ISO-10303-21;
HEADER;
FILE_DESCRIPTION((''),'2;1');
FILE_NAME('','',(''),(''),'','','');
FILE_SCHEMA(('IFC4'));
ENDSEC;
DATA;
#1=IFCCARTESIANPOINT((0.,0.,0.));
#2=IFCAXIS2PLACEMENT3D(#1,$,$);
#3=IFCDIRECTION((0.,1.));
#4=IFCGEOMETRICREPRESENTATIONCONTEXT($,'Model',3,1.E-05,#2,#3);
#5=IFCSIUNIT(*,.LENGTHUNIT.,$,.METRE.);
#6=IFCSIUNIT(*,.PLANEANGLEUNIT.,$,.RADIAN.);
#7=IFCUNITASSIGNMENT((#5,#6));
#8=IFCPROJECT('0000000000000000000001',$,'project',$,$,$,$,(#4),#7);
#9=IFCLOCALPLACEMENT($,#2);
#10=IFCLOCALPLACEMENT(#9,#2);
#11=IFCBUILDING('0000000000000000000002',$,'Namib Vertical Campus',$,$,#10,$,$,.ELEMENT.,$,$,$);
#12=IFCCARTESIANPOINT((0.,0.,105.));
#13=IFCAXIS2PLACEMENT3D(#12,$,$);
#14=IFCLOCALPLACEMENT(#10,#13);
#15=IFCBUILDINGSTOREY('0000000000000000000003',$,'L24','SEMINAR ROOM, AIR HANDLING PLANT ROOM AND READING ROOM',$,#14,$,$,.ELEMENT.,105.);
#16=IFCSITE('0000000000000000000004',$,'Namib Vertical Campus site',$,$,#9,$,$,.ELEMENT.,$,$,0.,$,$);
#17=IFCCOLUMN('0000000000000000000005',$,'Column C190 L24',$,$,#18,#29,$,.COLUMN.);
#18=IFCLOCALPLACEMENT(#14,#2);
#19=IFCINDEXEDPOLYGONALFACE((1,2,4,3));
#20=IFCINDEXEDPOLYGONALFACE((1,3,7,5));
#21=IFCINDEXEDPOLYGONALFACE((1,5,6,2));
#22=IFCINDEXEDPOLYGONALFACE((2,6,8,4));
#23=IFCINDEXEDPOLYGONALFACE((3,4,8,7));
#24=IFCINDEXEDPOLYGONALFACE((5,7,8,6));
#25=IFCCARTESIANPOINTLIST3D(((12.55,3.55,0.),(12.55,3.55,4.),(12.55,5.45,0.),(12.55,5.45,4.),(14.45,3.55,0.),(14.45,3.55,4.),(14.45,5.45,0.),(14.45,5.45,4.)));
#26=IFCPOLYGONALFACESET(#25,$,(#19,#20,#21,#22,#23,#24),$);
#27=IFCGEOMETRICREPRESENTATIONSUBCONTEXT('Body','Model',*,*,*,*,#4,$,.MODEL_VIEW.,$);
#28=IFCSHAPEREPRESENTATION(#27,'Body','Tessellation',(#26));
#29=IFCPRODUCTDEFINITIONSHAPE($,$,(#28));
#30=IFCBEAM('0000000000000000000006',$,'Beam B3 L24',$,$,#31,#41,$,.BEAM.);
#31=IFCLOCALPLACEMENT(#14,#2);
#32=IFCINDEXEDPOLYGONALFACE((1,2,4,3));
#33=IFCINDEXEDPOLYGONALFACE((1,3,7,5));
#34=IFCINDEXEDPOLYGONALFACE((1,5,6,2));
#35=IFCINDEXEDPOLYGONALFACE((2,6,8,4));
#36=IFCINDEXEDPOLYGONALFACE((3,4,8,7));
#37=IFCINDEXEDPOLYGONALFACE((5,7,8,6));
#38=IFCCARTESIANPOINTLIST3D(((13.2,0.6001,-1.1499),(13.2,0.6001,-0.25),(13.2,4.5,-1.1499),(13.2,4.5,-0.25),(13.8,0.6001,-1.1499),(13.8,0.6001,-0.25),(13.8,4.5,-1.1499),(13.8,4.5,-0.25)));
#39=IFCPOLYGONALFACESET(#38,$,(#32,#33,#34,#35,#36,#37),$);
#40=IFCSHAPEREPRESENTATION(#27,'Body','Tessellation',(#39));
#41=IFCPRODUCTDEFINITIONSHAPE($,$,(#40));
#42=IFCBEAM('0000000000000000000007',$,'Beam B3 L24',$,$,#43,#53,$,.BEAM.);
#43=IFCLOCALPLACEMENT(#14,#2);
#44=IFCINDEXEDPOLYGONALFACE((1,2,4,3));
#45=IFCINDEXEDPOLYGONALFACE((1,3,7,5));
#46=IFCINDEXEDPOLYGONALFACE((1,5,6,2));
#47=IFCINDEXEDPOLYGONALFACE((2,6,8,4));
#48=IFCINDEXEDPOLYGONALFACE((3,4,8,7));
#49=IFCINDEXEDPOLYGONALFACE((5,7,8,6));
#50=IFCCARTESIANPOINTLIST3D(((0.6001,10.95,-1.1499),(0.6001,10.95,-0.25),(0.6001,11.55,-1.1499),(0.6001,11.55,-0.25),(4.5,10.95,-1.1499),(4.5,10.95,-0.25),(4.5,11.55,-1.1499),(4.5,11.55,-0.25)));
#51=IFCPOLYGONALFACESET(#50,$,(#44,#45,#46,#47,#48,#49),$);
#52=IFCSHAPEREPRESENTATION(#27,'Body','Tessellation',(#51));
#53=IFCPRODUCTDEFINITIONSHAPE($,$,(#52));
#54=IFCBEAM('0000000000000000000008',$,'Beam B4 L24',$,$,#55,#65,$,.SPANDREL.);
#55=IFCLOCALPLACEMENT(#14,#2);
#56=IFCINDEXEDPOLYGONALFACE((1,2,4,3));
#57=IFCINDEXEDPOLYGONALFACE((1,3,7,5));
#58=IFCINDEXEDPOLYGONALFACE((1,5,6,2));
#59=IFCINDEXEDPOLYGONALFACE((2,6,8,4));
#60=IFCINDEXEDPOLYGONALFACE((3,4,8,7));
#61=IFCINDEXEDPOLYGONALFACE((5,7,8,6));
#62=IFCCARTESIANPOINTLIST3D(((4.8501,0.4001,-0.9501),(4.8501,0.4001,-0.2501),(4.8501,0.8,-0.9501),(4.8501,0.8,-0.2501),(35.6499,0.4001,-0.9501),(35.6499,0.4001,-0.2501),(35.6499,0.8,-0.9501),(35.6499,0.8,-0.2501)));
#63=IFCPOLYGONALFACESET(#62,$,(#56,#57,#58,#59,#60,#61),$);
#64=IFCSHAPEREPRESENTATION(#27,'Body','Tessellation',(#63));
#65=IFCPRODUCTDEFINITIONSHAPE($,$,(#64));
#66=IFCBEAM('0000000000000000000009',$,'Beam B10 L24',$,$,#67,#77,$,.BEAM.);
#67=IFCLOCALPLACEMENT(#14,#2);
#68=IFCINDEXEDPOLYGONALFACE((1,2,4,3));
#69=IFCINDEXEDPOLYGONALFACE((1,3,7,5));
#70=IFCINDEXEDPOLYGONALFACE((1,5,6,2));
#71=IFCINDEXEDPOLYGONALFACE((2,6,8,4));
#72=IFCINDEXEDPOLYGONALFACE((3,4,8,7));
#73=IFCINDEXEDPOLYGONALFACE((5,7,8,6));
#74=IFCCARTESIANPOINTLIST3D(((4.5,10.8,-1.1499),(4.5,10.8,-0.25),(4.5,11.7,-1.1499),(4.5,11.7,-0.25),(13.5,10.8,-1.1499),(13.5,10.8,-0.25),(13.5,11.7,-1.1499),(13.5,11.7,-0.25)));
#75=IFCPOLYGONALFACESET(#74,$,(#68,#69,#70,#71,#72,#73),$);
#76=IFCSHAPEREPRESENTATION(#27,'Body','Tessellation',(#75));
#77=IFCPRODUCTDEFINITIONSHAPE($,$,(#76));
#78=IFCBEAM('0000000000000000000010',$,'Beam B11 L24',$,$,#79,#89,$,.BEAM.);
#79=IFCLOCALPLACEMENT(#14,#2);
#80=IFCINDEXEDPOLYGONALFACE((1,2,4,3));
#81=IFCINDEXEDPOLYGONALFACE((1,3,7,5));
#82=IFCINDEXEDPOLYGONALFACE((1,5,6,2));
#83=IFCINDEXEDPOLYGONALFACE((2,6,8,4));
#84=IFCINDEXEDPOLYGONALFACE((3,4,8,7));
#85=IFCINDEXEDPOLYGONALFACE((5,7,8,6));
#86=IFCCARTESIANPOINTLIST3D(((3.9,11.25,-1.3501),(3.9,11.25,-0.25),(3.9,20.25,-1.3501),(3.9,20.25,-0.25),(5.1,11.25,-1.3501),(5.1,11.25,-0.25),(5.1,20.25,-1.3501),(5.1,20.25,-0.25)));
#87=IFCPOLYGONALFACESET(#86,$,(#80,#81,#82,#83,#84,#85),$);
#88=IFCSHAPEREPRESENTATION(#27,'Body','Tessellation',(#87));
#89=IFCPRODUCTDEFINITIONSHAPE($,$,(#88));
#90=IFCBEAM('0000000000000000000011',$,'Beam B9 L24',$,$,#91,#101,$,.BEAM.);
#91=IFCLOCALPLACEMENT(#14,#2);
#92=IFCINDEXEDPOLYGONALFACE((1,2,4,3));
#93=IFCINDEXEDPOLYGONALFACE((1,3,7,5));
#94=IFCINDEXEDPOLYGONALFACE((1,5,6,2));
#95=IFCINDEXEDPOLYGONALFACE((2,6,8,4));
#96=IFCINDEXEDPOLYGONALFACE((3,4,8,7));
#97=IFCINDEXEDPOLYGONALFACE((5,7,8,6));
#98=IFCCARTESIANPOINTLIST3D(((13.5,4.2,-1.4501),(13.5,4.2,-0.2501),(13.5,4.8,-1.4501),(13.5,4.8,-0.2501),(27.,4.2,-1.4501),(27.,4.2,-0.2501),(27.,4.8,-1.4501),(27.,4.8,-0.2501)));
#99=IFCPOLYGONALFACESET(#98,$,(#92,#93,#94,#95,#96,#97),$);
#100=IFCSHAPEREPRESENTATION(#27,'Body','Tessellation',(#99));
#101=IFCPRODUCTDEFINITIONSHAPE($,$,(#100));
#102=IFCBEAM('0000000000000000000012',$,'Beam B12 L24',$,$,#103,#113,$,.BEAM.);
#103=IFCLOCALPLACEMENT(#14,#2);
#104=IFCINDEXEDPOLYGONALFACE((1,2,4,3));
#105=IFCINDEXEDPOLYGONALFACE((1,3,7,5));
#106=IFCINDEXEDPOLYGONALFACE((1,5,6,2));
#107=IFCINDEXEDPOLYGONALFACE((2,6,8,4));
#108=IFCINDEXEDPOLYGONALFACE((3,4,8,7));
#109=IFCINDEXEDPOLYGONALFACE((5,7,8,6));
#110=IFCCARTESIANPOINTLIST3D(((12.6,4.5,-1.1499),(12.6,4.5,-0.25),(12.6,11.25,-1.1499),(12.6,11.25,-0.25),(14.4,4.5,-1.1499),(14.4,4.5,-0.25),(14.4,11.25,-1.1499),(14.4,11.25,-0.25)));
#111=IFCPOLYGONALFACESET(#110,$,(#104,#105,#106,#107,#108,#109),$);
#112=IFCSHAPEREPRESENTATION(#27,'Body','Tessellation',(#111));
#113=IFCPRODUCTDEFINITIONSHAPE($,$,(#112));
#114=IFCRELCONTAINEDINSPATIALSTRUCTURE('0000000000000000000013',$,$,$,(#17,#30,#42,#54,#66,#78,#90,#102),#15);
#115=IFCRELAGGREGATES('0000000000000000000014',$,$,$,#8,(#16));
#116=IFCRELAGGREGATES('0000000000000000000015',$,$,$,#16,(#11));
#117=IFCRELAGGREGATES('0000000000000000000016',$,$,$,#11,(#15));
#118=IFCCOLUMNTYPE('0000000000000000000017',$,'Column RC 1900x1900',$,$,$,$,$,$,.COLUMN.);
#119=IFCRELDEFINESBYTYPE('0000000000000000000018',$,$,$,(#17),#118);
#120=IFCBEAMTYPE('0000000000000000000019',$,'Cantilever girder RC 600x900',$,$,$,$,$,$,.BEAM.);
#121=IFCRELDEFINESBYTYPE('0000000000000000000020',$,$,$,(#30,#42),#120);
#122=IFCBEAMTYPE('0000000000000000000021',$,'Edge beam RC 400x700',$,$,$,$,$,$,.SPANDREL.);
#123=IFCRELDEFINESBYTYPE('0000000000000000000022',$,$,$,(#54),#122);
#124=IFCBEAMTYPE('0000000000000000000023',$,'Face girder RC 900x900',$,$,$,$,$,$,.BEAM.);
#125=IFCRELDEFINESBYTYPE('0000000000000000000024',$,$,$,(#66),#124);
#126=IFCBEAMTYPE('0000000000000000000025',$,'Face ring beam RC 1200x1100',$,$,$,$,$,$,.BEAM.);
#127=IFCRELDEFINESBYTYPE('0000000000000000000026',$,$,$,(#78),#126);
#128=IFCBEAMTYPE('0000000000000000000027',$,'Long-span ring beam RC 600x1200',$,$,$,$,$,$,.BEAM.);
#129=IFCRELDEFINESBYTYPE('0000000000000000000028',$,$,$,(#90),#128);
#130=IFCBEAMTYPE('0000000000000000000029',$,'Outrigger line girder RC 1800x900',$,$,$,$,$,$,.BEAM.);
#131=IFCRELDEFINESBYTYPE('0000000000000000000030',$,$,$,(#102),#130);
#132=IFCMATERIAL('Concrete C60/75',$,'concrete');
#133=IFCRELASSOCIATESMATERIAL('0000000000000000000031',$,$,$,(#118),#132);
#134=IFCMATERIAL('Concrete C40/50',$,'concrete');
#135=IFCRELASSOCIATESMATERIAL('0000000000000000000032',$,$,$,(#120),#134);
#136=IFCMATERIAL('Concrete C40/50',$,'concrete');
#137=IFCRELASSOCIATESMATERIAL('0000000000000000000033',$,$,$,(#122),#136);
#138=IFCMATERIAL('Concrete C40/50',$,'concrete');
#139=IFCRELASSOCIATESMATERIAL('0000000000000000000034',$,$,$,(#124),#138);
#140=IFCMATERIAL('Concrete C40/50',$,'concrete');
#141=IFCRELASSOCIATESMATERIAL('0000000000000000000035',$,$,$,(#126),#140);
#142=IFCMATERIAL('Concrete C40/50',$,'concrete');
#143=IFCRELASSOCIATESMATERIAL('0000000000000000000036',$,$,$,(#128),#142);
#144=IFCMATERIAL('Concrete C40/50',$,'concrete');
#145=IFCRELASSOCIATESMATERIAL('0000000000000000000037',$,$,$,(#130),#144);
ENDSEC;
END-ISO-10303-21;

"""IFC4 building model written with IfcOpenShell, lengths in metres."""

from ifc_helpers import new_model, si_unit, direction, frame, origin, origin_2d, place, context, subcontext, project, spatial, rectangle, extrude, material, material_profile, profile_set, type_object, element, save


model = new_model("IFC4")

# Units and contexts
model_context = context("Model", 3, precision=1e-05, world=origin(), true_north=direction((0.0, 1.0)))
body_context = subcontext(model_context, "Body", "Model", "MODEL_VIEW")
ifc_project = project(units=[si_unit("LENGTHUNIT", "METRE"), si_unit("PLANEANGLEUNIT", "RADIAN")], contexts=[model_context])

# Site, building, storey
site_placement = place(None, origin())
site = spatial("IfcSite", under=ifc_project, at=site_placement, Name="Namib Vertical Campus site", CompositionType="ELEMENT", RefElevation=0.0)
building_placement = place(site_placement, origin())
building = spatial("IfcBuilding", under=site, at=building_placement, Name="Namib Vertical Campus", CompositionType="ELEMENT")
storey_placement = place(building_placement, frame((0.0, 0.0, 105.0)))
storey = spatial("IfcBuildingStorey", under=building, at=storey_placement, Name="L24", Description="SEMINAR ROOM, AIR HANDLING PLANT ROOM AND READING ROOM", CompositionType="ELEMENT", Elevation=105.0)

# Column
ifc_material_1 = material(Name="Concrete C60/75", Category="concrete")
ifc_material_profile_1 = material_profile(ifc_material_1, rectangle(XDim=1.8999, YDim=1.8999, at=origin_2d()))
ifc_profile_set_1 = profile_set([ifc_material_profile_1], Name="Concrete C60/75")
column_type = type_object("IfcColumnType", Name="Column RC 1900x1900", PredefinedType="COLUMN", material=ifc_profile_set_1)
column_placement = place(storey_placement, frame((13.5, 4.5, 0.0), z_axis=(0.0, 0.0, 1.0), x_axis=(1.0, 0.0, 0.0)))
element("IfcColumn", 1, at=column_placement, inside=storey, type_object=column_type, Name="Column C190 L24", PredefinedType="COLUMN", context=body_context, shape_type="SweptSolid", body=[
    extrude(rectangle(XDim=1.8999, YDim=1.8999, at=origin_2d()), origin(), (0.0, 0.0, 1.0), 4.0),
])

# Beams
ifc_material_2 = material(Name="Concrete C40/50", Category="concrete")
ifc_material_profile_2 = material_profile(ifc_material_2, rectangle(XDim=0.6001, YDim=0.8999, at=origin_2d()))
ifc_profile_set_2 = profile_set([ifc_material_profile_2], Name="Concrete C40/50")
beam_type_1 = type_object("IfcBeamType", Name="Cantilever girder RC 600x900", PredefinedType="BEAM", material=ifc_profile_set_2)
for number, where, z_axis, x_axis, name in (
    (2, (13.5, 4.5, -0.7), (0.0, -1.0, 0.0), (1.0, 0.0, 0.0), "Beam B3 L24"),
    (3, (4.5, 11.25, -0.7), (-1.0, 0.0, 0.0), (0.0, -1.0, 0.0), "Beam B3 L24"),
):
    element("IfcBeam", number, at=place(storey_placement, frame(where, z_axis=z_axis, x_axis=x_axis)), inside=storey, type_object=beam_type_1, Name=name, PredefinedType="BEAM", context=body_context, shape_type="SweptSolid", body=[
        extrude(rectangle(XDim=0.6001, YDim=0.8999, at=origin_2d()), origin(), (0.0, 0.0, 1.0), 3.8999),
    ])
ifc_material_3 = material(Name="Concrete C40/50", Category="concrete")
ifc_material_profile_3 = material_profile(ifc_material_3, rectangle(XDim=0.3999, YDim=0.7, at=origin_2d()))
ifc_profile_set_3 = profile_set([ifc_material_profile_3], Name="Concrete C40/50")
beam_type_2 = type_object("IfcBeamType", Name="Edge beam RC 400x700", PredefinedType="SPANDREL", material=ifc_profile_set_3)
beam_1_placement = place(storey_placement, frame((4.8501, 0.6001, -0.6001), z_axis=(1.0, 0.0, 0.0), x_axis=(0.0, 1.0, 0.0)))
element("IfcBeam", 4, at=beam_1_placement, inside=storey, type_object=beam_type_2, Name="Beam B4 L24", PredefinedType="SPANDREL", context=body_context, shape_type="SweptSolid", body=[
    extrude(rectangle(XDim=0.3999, YDim=0.7, at=origin_2d()), origin(), (0.0, 0.0, 1.0), 30.7998),
])
ifc_material_4 = material(Name="Concrete C40/50", Category="concrete")
ifc_material_profile_4 = material_profile(ifc_material_4, rectangle(XDim=0.8999, YDim=0.8999, at=origin_2d()))
ifc_profile_set_4 = profile_set([ifc_material_profile_4], Name="Concrete C40/50")
beam_type_3 = type_object("IfcBeamType", Name="Face girder RC 900x900", PredefinedType="BEAM", material=ifc_profile_set_4)
beam_2_placement = place(storey_placement, frame((4.5, 11.25, -0.7), z_axis=(1.0, 0.0, 0.0), x_axis=(0.0, 1.0, 0.0)))
element("IfcBeam", 5, at=beam_2_placement, inside=storey, type_object=beam_type_3, Name="Beam B10 L24", PredefinedType="BEAM", context=body_context, shape_type="SweptSolid", body=[
    extrude(rectangle(XDim=0.8999, YDim=0.8999, at=origin_2d()), origin(), (0.0, 0.0, 1.0), 9.0),
])
ifc_material_5 = material(Name="Concrete C40/50", Category="concrete")
ifc_material_profile_5 = material_profile(ifc_material_5, rectangle(XDim=1.2, YDim=1.1001, at=origin_2d()))
ifc_profile_set_5 = profile_set([ifc_material_profile_5], Name="Concrete C40/50")
beam_type_4 = type_object("IfcBeamType", Name="Face ring beam RC 1200x1100", PredefinedType="BEAM", material=ifc_profile_set_5)
beam_3_placement = place(storey_placement, frame((4.5, 11.25, -0.8), z_axis=(0.0, 1.0, 0.0), x_axis=(-1.0, 0.0, 0.0)))
element("IfcBeam", 6, at=beam_3_placement, inside=storey, type_object=beam_type_4, Name="Beam B11 L24", PredefinedType="BEAM", context=body_context, shape_type="SweptSolid", body=[
    extrude(rectangle(XDim=1.2, YDim=1.1001, at=origin_2d()), origin(), (0.0, 0.0, 1.0), 9.0),
])
ifc_material_6 = material(Name="Concrete C40/50", Category="concrete")
ifc_material_profile_6 = material_profile(ifc_material_6, rectangle(XDim=0.6001, YDim=1.2, at=origin_2d()))
ifc_profile_set_6 = profile_set([ifc_material_profile_6], Name="Concrete C40/50")
beam_type_5 = type_object("IfcBeamType", Name="Long-span ring beam RC 600x1200", PredefinedType="BEAM", material=ifc_profile_set_6)
beam_4_placement = place(storey_placement, frame((13.5, 4.5, -0.8501), z_axis=(1.0, 0.0, 0.0), x_axis=(0.0, 1.0, 0.0)))
element("IfcBeam", 7, at=beam_4_placement, inside=storey, type_object=beam_type_5, Name="Beam B9 L24", PredefinedType="BEAM", context=body_context, shape_type="SweptSolid", body=[
    extrude(rectangle(XDim=0.6001, YDim=1.2, at=origin_2d()), origin(), (0.0, 0.0, 1.0), 13.5),
])
ifc_material_7 = material(Name="Concrete C40/50", Category="concrete")
ifc_material_profile_7 = material_profile(ifc_material_7, rectangle(XDim=1.8, YDim=0.8999, at=origin_2d()))
ifc_profile_set_7 = profile_set([ifc_material_profile_7], Name="Concrete C40/50")
beam_type_6 = type_object("IfcBeamType", Name="Outrigger line girder RC 1800x900", PredefinedType="BEAM", material=ifc_profile_set_7)
beam_5_placement = place(storey_placement, frame((13.5, 4.5, -0.7), z_axis=(0.0, 1.0, 0.0), x_axis=(-1.0, 0.0, 0.0)))
element("IfcBeam", 8, at=beam_5_placement, inside=storey, type_object=beam_type_6, Name="Beam B12 L24", PredefinedType="BEAM", context=body_context, shape_type="SweptSolid", body=[
    extrude(rectangle(XDim=1.8, YDim=0.8999, at=origin_2d()), origin(), (0.0, 0.0, 1.0), 6.75),
])

save(model, "model.ifc")
